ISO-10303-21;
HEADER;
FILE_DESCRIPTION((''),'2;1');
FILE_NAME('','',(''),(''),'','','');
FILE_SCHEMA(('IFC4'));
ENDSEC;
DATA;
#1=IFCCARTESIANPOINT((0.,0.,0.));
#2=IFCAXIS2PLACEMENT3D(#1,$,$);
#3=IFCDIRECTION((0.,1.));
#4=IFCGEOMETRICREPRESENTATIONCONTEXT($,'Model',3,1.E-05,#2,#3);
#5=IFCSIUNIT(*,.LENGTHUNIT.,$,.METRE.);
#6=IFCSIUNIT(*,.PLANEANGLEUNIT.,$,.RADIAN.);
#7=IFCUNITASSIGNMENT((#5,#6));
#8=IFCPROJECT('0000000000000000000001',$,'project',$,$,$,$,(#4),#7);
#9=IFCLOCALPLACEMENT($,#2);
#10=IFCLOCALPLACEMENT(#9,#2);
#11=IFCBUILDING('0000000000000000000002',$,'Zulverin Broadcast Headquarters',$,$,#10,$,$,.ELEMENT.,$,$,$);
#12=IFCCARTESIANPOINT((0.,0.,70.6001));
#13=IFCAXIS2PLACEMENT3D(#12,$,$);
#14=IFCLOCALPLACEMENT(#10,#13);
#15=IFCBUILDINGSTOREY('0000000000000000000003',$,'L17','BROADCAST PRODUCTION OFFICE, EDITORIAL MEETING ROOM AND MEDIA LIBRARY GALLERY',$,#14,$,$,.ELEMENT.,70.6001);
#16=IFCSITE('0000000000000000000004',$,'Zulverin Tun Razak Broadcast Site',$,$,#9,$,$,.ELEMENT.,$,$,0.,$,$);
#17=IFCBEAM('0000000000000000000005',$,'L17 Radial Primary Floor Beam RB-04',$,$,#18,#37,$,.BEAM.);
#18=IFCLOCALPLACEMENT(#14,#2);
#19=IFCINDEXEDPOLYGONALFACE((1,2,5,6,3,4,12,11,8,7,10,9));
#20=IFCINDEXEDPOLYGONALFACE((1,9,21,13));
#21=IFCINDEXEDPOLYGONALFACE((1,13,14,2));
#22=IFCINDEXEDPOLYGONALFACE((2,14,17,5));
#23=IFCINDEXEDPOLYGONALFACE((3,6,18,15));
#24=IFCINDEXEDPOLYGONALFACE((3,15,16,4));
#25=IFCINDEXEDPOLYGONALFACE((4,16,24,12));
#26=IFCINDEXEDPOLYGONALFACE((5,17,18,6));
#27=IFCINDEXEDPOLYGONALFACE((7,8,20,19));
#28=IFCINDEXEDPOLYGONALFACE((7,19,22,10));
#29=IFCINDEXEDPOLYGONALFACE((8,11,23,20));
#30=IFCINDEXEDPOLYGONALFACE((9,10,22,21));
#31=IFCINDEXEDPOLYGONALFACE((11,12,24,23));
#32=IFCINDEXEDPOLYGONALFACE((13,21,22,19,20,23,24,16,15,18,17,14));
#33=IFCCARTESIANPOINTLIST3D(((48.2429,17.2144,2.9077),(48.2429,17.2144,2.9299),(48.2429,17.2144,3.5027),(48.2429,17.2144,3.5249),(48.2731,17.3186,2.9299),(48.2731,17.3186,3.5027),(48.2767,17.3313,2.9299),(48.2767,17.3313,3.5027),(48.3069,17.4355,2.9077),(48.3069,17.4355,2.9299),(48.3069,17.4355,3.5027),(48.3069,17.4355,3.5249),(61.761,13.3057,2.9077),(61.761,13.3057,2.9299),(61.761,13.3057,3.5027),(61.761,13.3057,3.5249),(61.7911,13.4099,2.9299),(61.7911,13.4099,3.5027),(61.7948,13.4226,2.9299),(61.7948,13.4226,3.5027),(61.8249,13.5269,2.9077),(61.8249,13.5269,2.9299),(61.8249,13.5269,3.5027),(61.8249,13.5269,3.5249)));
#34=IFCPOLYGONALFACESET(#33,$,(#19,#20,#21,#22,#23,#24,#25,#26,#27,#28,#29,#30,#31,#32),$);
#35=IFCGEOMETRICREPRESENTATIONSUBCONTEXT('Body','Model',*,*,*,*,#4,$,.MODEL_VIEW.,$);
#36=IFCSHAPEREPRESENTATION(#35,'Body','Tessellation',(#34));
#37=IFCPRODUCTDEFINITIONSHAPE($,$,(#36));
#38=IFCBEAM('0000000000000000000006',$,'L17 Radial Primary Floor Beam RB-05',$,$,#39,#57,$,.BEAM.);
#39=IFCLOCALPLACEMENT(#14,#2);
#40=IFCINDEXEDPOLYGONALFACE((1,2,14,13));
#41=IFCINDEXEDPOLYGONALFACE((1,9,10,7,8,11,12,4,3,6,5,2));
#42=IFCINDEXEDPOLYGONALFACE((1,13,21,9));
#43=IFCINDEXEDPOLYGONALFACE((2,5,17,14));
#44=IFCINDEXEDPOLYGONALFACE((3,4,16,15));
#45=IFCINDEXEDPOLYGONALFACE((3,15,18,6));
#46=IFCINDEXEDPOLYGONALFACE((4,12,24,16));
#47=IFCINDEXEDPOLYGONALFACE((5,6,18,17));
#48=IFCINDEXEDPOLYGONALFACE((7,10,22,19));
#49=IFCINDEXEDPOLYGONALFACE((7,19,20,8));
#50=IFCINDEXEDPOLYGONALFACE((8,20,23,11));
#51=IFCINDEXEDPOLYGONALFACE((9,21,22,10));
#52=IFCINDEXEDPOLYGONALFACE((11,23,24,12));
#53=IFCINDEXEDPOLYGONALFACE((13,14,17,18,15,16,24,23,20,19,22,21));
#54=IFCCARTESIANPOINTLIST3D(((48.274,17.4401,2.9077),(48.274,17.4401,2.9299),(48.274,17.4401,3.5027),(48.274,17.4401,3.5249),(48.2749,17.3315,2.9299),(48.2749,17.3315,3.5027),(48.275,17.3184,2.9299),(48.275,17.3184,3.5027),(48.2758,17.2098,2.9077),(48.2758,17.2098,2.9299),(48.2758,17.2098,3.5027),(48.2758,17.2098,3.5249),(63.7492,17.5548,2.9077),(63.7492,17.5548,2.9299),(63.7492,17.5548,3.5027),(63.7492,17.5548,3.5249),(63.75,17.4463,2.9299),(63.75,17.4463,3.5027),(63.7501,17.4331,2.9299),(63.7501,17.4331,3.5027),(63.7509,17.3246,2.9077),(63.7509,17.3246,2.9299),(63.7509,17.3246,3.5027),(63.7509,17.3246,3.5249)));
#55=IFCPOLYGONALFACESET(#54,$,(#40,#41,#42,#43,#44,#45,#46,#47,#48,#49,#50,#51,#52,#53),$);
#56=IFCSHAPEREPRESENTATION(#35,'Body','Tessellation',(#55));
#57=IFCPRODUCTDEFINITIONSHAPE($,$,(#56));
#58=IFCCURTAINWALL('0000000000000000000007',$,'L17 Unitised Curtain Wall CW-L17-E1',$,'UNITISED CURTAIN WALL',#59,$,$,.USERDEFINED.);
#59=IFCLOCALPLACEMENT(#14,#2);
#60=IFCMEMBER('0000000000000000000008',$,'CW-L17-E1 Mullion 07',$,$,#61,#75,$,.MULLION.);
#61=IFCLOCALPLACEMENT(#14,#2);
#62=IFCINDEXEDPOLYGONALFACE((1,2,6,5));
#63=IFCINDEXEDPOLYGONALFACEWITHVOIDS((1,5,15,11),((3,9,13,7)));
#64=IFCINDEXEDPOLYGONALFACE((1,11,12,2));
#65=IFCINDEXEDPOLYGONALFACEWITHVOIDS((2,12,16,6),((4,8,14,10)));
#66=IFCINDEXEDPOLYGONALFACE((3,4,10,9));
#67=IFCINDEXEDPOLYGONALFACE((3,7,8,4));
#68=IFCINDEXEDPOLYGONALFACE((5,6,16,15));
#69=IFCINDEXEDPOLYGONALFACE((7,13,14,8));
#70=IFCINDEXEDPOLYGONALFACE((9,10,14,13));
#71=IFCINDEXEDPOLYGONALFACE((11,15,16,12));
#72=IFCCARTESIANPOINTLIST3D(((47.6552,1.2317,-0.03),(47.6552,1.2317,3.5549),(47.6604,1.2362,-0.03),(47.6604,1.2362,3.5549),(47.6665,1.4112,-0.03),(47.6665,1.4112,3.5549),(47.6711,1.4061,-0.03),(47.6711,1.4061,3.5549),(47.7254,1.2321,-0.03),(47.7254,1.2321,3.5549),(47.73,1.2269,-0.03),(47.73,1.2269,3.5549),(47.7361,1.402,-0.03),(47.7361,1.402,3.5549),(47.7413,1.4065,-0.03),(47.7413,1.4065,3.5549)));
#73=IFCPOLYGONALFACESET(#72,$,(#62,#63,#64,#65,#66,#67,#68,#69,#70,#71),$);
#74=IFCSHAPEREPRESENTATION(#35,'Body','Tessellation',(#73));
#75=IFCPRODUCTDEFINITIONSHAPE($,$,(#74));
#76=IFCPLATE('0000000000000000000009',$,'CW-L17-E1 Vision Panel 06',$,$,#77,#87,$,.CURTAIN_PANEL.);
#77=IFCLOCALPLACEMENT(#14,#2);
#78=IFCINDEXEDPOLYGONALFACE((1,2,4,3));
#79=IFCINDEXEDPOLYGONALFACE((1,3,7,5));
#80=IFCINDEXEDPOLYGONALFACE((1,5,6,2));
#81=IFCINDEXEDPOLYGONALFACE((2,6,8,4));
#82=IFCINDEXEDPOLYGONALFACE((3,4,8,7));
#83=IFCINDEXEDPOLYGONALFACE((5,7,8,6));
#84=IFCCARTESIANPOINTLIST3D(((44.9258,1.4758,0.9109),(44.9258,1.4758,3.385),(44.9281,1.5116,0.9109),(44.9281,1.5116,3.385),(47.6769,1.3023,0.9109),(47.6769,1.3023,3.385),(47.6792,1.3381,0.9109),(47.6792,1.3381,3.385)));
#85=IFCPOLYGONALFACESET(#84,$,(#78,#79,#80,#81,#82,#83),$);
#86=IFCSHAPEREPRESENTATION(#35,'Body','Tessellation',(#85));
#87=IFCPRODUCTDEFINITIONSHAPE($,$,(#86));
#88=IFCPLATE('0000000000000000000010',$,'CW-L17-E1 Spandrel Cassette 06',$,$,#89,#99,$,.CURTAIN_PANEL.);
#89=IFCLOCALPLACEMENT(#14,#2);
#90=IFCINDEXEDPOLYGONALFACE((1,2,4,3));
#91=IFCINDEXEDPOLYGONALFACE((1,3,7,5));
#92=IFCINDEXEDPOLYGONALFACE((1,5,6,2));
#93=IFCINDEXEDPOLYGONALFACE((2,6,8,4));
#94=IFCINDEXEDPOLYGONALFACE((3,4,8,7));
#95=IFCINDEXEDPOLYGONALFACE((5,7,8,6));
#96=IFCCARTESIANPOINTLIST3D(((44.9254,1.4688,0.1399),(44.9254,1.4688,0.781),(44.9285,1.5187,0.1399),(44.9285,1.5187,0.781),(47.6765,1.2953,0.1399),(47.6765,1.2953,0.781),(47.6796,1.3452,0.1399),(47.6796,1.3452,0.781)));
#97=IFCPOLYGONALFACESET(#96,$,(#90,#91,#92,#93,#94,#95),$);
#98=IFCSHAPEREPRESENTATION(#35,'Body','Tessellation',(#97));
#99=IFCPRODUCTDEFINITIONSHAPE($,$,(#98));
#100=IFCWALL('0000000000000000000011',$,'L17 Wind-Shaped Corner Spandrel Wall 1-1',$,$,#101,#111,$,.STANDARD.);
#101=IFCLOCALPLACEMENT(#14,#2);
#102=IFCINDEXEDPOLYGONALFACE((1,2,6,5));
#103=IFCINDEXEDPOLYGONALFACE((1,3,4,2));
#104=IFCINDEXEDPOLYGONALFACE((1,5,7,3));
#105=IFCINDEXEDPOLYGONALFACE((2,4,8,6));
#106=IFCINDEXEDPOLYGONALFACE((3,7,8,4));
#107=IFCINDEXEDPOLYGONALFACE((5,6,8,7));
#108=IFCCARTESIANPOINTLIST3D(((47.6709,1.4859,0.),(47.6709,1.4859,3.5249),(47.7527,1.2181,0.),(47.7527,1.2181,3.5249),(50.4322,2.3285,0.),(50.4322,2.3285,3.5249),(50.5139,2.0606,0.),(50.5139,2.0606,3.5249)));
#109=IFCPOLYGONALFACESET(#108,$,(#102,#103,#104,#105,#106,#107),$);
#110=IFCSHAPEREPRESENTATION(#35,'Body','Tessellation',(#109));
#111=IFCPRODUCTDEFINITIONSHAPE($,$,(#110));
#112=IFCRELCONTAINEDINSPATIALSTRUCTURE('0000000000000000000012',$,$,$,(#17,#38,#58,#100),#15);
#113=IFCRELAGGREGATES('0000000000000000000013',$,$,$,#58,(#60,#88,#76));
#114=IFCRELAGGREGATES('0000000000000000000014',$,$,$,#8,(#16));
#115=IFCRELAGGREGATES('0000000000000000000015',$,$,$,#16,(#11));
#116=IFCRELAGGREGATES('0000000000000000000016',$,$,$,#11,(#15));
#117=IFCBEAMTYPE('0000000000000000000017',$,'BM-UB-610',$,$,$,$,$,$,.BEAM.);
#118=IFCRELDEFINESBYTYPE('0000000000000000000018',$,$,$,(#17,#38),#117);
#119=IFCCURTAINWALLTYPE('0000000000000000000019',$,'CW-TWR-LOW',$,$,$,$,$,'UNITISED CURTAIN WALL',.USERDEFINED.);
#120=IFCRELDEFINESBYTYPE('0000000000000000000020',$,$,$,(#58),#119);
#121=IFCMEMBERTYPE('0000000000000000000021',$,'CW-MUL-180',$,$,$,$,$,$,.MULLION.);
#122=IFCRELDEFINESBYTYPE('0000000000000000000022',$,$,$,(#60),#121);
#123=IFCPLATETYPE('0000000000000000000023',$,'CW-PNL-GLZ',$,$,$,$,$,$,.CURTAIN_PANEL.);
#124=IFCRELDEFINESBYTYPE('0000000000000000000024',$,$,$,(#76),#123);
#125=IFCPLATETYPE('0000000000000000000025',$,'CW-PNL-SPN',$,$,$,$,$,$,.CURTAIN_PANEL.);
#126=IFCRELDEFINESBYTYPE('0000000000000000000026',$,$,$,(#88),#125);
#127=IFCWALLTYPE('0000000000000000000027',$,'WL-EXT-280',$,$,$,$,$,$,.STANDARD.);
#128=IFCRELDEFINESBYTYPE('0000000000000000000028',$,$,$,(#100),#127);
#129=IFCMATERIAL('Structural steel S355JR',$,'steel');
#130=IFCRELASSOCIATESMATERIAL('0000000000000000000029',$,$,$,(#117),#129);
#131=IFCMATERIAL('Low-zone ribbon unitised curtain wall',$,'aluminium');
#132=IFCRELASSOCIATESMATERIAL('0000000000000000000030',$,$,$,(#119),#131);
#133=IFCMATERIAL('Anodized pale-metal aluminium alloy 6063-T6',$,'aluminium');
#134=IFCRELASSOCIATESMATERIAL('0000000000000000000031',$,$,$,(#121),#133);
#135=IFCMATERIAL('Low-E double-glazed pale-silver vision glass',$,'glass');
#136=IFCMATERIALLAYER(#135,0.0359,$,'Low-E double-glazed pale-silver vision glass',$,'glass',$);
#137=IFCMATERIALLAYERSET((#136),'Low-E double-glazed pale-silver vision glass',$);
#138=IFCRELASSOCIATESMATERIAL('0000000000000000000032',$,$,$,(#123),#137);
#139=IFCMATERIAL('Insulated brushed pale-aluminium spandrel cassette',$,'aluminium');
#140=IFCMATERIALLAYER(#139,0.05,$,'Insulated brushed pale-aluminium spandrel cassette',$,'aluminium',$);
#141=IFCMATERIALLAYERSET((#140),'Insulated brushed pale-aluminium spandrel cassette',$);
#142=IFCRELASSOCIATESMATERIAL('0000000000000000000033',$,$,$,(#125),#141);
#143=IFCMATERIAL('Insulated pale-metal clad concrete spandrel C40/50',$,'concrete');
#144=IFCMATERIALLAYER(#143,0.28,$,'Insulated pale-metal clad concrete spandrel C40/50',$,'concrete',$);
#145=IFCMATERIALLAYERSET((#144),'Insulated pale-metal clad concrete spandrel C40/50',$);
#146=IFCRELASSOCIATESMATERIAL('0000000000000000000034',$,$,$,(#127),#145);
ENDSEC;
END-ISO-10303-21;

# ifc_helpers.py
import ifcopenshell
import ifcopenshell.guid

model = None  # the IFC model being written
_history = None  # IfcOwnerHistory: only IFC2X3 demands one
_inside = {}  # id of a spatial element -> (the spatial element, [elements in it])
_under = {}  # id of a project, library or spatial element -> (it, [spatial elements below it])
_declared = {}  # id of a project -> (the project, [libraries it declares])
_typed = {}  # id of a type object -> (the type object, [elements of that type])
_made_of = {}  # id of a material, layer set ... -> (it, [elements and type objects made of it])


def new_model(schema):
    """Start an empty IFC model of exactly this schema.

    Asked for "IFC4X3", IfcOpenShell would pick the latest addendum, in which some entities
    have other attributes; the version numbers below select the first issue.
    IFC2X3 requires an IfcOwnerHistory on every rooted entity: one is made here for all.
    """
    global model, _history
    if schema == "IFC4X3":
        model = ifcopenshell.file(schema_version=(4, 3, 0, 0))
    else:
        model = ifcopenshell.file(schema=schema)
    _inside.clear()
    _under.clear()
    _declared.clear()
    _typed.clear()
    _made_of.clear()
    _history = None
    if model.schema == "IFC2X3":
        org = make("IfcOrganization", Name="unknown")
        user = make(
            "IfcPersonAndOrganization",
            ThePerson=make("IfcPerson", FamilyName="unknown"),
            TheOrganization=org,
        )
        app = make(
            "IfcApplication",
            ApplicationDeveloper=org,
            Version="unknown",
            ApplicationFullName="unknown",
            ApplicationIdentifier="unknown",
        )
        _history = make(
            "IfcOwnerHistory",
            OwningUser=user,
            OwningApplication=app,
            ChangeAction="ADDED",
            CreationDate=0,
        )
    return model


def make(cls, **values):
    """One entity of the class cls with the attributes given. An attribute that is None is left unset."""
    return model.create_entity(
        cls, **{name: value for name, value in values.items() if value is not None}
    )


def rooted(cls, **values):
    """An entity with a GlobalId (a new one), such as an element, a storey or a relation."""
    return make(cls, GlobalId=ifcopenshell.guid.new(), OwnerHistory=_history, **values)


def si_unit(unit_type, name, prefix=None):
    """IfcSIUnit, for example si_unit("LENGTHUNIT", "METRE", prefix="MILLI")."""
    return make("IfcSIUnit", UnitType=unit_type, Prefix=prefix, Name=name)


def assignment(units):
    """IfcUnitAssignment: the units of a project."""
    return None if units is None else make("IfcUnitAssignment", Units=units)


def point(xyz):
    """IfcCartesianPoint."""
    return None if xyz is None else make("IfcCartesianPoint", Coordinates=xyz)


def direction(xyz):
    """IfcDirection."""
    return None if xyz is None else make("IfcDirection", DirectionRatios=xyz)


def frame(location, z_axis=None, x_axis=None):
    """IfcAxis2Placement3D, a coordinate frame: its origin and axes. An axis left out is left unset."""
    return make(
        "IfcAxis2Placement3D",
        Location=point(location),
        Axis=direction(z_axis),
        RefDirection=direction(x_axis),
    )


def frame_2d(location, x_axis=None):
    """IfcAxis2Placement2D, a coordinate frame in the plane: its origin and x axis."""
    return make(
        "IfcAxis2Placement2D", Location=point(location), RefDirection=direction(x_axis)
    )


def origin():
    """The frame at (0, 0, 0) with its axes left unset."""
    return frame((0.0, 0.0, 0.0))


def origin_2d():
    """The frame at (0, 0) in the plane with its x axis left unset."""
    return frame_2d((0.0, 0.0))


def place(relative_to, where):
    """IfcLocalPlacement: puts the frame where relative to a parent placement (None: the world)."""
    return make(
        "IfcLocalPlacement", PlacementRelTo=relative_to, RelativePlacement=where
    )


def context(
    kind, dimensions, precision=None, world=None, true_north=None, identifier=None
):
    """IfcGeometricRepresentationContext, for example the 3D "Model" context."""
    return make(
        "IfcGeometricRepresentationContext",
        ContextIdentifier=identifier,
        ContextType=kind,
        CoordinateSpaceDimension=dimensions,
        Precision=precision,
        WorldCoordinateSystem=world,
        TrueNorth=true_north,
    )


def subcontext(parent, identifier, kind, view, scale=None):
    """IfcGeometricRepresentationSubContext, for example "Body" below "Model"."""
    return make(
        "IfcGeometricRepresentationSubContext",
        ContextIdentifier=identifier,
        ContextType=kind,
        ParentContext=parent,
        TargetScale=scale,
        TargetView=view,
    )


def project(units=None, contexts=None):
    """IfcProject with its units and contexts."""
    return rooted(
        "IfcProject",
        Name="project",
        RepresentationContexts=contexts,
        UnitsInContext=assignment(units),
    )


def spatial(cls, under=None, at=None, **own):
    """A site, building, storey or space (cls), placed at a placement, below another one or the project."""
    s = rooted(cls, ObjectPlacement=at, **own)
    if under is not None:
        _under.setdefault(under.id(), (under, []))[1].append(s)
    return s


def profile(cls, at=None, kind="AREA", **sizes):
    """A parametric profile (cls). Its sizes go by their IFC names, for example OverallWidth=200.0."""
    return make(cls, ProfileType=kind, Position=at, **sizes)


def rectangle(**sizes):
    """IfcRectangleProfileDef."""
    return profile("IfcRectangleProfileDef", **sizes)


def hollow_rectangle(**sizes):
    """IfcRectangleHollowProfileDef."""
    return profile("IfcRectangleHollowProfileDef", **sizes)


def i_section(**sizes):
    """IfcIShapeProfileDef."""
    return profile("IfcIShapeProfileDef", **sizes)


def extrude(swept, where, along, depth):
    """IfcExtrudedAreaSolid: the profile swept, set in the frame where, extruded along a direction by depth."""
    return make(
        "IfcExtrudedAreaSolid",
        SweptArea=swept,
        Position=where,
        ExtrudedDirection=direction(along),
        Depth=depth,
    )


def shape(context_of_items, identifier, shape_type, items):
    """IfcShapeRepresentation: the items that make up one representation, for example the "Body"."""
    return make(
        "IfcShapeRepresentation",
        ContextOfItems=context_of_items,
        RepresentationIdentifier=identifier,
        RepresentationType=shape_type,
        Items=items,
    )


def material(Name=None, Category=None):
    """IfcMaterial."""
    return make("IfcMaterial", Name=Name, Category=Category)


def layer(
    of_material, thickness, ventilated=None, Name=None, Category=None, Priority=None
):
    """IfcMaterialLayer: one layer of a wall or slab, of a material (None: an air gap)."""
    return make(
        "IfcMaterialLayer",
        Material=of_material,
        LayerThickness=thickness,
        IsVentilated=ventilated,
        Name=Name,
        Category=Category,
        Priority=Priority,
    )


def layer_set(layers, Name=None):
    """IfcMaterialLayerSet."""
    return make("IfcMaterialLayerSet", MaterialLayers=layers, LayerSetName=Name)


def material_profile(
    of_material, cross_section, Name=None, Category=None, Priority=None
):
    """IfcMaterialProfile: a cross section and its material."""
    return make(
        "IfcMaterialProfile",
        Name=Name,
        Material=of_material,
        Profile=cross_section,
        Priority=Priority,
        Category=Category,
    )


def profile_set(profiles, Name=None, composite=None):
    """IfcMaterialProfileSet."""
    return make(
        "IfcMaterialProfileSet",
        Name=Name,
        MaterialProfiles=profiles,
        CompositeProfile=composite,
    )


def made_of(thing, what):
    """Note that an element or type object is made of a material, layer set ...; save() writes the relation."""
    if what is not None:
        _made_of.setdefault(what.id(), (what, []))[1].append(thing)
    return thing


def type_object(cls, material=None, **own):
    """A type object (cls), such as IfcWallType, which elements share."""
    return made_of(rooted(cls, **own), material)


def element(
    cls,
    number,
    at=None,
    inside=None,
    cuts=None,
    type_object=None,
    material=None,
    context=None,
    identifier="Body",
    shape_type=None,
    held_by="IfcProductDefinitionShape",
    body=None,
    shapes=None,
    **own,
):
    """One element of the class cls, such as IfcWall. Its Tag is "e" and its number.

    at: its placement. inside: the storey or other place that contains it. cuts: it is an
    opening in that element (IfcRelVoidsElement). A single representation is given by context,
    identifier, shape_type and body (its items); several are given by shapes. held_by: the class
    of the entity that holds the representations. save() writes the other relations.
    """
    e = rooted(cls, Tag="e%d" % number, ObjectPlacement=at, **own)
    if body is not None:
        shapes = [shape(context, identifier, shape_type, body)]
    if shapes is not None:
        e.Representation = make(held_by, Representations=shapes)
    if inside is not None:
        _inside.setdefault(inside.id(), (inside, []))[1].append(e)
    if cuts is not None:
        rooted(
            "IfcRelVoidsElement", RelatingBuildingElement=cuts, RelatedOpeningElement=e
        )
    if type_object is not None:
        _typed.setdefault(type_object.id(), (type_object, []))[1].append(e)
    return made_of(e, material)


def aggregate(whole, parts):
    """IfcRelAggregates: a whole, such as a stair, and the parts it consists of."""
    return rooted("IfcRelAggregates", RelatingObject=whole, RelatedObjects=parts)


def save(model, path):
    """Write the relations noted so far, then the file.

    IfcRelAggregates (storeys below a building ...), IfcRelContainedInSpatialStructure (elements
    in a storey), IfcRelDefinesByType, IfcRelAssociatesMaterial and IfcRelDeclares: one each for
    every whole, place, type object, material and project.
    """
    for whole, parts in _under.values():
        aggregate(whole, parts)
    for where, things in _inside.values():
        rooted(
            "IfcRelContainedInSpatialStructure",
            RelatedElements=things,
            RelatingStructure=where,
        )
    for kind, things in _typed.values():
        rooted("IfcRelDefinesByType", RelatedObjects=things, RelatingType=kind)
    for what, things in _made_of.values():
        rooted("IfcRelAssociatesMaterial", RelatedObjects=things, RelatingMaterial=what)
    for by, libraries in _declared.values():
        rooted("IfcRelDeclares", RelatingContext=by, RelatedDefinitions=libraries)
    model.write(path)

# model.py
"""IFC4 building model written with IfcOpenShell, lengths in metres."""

from ifc_helpers import new_model, si_unit, direction, frame, frame_2d, origin, origin_2d, place, context, subcontext, project, spatial, rectangle, hollow_rectangle, i_section, extrude, material, layer, layer_set, material_profile, profile_set, type_object, element, aggregate, save


model = new_model("IFC4")

# Units and contexts
model_context = context("Model", 3, precision=1e-05, world=origin(), true_north=direction((0.0, 1.0)))
body_context = subcontext(model_context, "Body", "Model", "MODEL_VIEW")
ifc_project = project(units=[si_unit("LENGTHUNIT", "METRE"), si_unit("PLANEANGLEUNIT", "RADIAN")], contexts=[model_context])

# Site, building, storey
site_placement = place(None, origin())
site = spatial("IfcSite", under=ifc_project, at=site_placement, Name="Zulverin Tun Razak Broadcast Site", CompositionType="ELEMENT", RefElevation=0.0)
building_placement = place(site_placement, origin())
building = spatial("IfcBuilding", under=site, at=building_placement, Name="Zulverin Broadcast Headquarters", CompositionType="ELEMENT")
storey_placement = place(building_placement, frame((0.0, 0.0, 70.6001)))
storey = spatial("IfcBuildingStorey", under=building, at=storey_placement, Name="L17", Description="BROADCAST PRODUCTION OFFICE, EDITORIAL MEETING ROOM AND MEDIA LIBRARY GALLERY", CompositionType="ELEMENT", Elevation=70.6001)

# Beams
ifc_material_1 = material(Name="Structural steel S355JR", Category="steel")
ifc_material_profile_1 = material_profile(ifc_material_1, i_section(OverallWidth=0.2302, OverallDepth=0.6172, WebThickness=0.0132, FlangeThickness=0.0222, at=origin_2d()), Name="Structural steel S355JR", Category="steel")
ifc_profile_set_1 = profile_set([ifc_material_profile_1], Name="Structural steel S355JR")
beam_type_1 = type_object("IfcBeamType", Name="BM-UB-610", PredefinedType="BEAM", material=ifc_profile_set_1)
beam_1_placement = place(storey_placement, frame((48.2749, 17.325, 3.2163), z_axis=(0.960648, -0.277767, 0.0), x_axis=(0.277767, 0.960648, 0.0)))
element("IfcBeam", 1, at=beam_1_placement, inside=storey, type_object=beam_type_1, Name="L17 Radial Primary Floor Beam RB-04", PredefinedType="BEAM", context=body_context, shape_type="SweptSolid", body=[
    extrude(i_section(OverallWidth=0.2302, OverallDepth=0.6172, WebThickness=0.0132, FlangeThickness=0.0222, at=origin_2d()), origin(), (0.0, 0.0, 1.0), 14.0718),
])
beam_2_placement = place(storey_placement, frame((48.2749, 17.325, 3.2163), z_axis=(0.999973, 0.007415, 0.0), x_axis=(-0.007415, 0.999973, 0.0)))
element("IfcBeam", 2, at=beam_2_placement, inside=storey, type_object=beam_type_1, Name="L17 Radial Primary Floor Beam RB-05", PredefinedType="BEAM", context=body_context, shape_type="SweptSolid", body=[
    extrude(i_section(OverallWidth=0.2302, OverallDepth=0.6172, WebThickness=0.0132, FlangeThickness=0.0222, at=origin_2d()), origin(), (0.0, 0.0, 1.0), 15.4756),
])

# Curtain wall, member, plates
ifc_material_2 = material(Name="Low-zone ribbon unitised curtain wall", Category="aluminium")
curtain_wall_type = type_object("IfcCurtainWallType", Name="CW-TWR-LOW", ElementType="UNITISED CURTAIN WALL", PredefinedType="USERDEFINED", material=ifc_material_2)
curtain_wall_placement = place(storey_placement, origin())
curtain_wall = element("IfcCurtainWall", 3, at=curtain_wall_placement, inside=storey, type_object=curtain_wall_type, Name="L17 Unitised Curtain Wall CW-L17-E1", ObjectType="UNITISED CURTAIN WALL", PredefinedType="USERDEFINED")
ifc_material_3 = material(Name="Anodized pale-metal aluminium alloy 6063-T6", Category="aluminium")
ifc_material_profile_2 = material_profile(ifc_material_3, hollow_rectangle(XDim=0.075, YDim=0.1799, WallThickness=0.0049, at=origin_2d()), Name="Anodized pale-metal aluminium alloy 6063-T6", Category="aluminium")
ifc_profile_set_2 = profile_set([ifc_material_profile_2], Name="Anodized pale-metal aluminium alloy 6063-T6")
member_type = type_object("IfcMemberType", Name="CW-MUL-180", PredefinedType="MULLION", material=ifc_profile_set_2)
member_placement = place(storey_placement, frame((47.6982, 1.3191, -0.03), z_axis=(0.0, 0.0, 1.0), x_axis=(0.998017, -0.062942, 0.0)))
member = element("IfcMember", 4, at=member_placement, type_object=member_type, Name="CW-L17-E1 Mullion 07", PredefinedType="MULLION", context=body_context, shape_type="SweptSolid", body=[
    extrude(hollow_rectangle(XDim=0.075, YDim=0.1799, WallThickness=0.0049, at=origin_2d()), origin(), (0.0, 0.0, 1.0), 3.585),
])
ifc_material_4 = material(Name="Low-E double-glazed pale-silver vision glass", Category="glass")
ifc_layer_1 = layer(ifc_material_4, 0.0359, Name="Low-E double-glazed pale-silver vision glass", Category="glass")
ifc_layer_set_1 = layer_set([ifc_layer_1], Name="Low-E double-glazed pale-silver vision glass")
plate_type_1 = type_object("IfcPlateType", Name="CW-PNL-GLZ", PredefinedType="CURTAIN_PANEL", material=ifc_layer_set_1)
plate_1_placement = place(storey_placement, frame((46.3025, 1.407, 0.9109), z_axis=(0.0, 0.0, 1.0), x_axis=(0.998017, -0.062942, 0.0)))
plate_1 = element("IfcPlate", 5, at=plate_1_placement, type_object=plate_type_1, Name="CW-L17-E1 Vision Panel 06", PredefinedType="CURTAIN_PANEL", context=body_context, shape_type="SweptSolid", body=[
    extrude(rectangle(XDim=2.7566, YDim=0.0359, at=origin_2d()), origin(), (0.0, 0.0, 1.0), 2.4741),
])
ifc_material_5 = material(Name="Insulated brushed pale-aluminium spandrel cassette", Category="aluminium")
ifc_layer_2 = layer(ifc_material_5, 0.05, Name="Insulated brushed pale-aluminium spandrel cassette", Category="aluminium")
ifc_layer_set_2 = layer_set([ifc_layer_2], Name="Insulated brushed pale-aluminium spandrel cassette")
plate_type_2 = type_object("IfcPlateType", Name="CW-PNL-SPN", PredefinedType="CURTAIN_PANEL", material=ifc_layer_set_2)
plate_2_placement = place(storey_placement, frame((46.3025, 1.407, 0.1399), z_axis=(0.0, 0.0, 1.0), x_axis=(0.998017, -0.062942, 0.0)))
plate_2 = element("IfcPlate", 6, at=plate_2_placement, type_object=plate_type_2, Name="CW-L17-E1 Spandrel Cassette 06", PredefinedType="CURTAIN_PANEL", context=body_context, shape_type="SweptSolid", body=[
    extrude(rectangle(XDim=2.7566, YDim=0.05, at=origin_2d()), origin(), (0.0, 0.0, 1.0), 0.6411),
])
aggregate(curtain_wall, [member, plate_2, plate_1])

# Wall
ifc_material_6 = material(Name="Insulated pale-metal clad concrete spandrel C40/50", Category="concrete")
ifc_layer_3 = layer(ifc_material_6, 0.28, Name="Insulated pale-metal clad concrete spandrel C40/50", Category="concrete")
ifc_layer_set_3 = layer_set([ifc_layer_3], Name="Insulated pale-metal clad concrete spandrel C40/50")
wall_type_1 = type_object("IfcWallType", Name="WL-EXT-280", PredefinedType="STANDARD", material=ifc_layer_set_3)
wall_1_placement = place(storey_placement, frame((47.7119, 1.3521, 0.0), z_axis=(0.0, 0.0, 1.0), x_axis=(0.956466, 0.291845, 0.0)))
element("IfcWall", 7, at=wall_1_placement, inside=storey, type_object=wall_type_1, Name="L17 Wind-Shaped Corner Spandrel Wall 1-1", PredefinedType="STANDARD", context=body_context, shape_type="SweptSolid", body=[
    extrude(rectangle(XDim=2.887, YDim=0.28, at=frame_2d((1.4434, 0.0))), origin(), (0.0, 0.0, 1.0), 3.5249),
])

save(model, "model.ifc")
